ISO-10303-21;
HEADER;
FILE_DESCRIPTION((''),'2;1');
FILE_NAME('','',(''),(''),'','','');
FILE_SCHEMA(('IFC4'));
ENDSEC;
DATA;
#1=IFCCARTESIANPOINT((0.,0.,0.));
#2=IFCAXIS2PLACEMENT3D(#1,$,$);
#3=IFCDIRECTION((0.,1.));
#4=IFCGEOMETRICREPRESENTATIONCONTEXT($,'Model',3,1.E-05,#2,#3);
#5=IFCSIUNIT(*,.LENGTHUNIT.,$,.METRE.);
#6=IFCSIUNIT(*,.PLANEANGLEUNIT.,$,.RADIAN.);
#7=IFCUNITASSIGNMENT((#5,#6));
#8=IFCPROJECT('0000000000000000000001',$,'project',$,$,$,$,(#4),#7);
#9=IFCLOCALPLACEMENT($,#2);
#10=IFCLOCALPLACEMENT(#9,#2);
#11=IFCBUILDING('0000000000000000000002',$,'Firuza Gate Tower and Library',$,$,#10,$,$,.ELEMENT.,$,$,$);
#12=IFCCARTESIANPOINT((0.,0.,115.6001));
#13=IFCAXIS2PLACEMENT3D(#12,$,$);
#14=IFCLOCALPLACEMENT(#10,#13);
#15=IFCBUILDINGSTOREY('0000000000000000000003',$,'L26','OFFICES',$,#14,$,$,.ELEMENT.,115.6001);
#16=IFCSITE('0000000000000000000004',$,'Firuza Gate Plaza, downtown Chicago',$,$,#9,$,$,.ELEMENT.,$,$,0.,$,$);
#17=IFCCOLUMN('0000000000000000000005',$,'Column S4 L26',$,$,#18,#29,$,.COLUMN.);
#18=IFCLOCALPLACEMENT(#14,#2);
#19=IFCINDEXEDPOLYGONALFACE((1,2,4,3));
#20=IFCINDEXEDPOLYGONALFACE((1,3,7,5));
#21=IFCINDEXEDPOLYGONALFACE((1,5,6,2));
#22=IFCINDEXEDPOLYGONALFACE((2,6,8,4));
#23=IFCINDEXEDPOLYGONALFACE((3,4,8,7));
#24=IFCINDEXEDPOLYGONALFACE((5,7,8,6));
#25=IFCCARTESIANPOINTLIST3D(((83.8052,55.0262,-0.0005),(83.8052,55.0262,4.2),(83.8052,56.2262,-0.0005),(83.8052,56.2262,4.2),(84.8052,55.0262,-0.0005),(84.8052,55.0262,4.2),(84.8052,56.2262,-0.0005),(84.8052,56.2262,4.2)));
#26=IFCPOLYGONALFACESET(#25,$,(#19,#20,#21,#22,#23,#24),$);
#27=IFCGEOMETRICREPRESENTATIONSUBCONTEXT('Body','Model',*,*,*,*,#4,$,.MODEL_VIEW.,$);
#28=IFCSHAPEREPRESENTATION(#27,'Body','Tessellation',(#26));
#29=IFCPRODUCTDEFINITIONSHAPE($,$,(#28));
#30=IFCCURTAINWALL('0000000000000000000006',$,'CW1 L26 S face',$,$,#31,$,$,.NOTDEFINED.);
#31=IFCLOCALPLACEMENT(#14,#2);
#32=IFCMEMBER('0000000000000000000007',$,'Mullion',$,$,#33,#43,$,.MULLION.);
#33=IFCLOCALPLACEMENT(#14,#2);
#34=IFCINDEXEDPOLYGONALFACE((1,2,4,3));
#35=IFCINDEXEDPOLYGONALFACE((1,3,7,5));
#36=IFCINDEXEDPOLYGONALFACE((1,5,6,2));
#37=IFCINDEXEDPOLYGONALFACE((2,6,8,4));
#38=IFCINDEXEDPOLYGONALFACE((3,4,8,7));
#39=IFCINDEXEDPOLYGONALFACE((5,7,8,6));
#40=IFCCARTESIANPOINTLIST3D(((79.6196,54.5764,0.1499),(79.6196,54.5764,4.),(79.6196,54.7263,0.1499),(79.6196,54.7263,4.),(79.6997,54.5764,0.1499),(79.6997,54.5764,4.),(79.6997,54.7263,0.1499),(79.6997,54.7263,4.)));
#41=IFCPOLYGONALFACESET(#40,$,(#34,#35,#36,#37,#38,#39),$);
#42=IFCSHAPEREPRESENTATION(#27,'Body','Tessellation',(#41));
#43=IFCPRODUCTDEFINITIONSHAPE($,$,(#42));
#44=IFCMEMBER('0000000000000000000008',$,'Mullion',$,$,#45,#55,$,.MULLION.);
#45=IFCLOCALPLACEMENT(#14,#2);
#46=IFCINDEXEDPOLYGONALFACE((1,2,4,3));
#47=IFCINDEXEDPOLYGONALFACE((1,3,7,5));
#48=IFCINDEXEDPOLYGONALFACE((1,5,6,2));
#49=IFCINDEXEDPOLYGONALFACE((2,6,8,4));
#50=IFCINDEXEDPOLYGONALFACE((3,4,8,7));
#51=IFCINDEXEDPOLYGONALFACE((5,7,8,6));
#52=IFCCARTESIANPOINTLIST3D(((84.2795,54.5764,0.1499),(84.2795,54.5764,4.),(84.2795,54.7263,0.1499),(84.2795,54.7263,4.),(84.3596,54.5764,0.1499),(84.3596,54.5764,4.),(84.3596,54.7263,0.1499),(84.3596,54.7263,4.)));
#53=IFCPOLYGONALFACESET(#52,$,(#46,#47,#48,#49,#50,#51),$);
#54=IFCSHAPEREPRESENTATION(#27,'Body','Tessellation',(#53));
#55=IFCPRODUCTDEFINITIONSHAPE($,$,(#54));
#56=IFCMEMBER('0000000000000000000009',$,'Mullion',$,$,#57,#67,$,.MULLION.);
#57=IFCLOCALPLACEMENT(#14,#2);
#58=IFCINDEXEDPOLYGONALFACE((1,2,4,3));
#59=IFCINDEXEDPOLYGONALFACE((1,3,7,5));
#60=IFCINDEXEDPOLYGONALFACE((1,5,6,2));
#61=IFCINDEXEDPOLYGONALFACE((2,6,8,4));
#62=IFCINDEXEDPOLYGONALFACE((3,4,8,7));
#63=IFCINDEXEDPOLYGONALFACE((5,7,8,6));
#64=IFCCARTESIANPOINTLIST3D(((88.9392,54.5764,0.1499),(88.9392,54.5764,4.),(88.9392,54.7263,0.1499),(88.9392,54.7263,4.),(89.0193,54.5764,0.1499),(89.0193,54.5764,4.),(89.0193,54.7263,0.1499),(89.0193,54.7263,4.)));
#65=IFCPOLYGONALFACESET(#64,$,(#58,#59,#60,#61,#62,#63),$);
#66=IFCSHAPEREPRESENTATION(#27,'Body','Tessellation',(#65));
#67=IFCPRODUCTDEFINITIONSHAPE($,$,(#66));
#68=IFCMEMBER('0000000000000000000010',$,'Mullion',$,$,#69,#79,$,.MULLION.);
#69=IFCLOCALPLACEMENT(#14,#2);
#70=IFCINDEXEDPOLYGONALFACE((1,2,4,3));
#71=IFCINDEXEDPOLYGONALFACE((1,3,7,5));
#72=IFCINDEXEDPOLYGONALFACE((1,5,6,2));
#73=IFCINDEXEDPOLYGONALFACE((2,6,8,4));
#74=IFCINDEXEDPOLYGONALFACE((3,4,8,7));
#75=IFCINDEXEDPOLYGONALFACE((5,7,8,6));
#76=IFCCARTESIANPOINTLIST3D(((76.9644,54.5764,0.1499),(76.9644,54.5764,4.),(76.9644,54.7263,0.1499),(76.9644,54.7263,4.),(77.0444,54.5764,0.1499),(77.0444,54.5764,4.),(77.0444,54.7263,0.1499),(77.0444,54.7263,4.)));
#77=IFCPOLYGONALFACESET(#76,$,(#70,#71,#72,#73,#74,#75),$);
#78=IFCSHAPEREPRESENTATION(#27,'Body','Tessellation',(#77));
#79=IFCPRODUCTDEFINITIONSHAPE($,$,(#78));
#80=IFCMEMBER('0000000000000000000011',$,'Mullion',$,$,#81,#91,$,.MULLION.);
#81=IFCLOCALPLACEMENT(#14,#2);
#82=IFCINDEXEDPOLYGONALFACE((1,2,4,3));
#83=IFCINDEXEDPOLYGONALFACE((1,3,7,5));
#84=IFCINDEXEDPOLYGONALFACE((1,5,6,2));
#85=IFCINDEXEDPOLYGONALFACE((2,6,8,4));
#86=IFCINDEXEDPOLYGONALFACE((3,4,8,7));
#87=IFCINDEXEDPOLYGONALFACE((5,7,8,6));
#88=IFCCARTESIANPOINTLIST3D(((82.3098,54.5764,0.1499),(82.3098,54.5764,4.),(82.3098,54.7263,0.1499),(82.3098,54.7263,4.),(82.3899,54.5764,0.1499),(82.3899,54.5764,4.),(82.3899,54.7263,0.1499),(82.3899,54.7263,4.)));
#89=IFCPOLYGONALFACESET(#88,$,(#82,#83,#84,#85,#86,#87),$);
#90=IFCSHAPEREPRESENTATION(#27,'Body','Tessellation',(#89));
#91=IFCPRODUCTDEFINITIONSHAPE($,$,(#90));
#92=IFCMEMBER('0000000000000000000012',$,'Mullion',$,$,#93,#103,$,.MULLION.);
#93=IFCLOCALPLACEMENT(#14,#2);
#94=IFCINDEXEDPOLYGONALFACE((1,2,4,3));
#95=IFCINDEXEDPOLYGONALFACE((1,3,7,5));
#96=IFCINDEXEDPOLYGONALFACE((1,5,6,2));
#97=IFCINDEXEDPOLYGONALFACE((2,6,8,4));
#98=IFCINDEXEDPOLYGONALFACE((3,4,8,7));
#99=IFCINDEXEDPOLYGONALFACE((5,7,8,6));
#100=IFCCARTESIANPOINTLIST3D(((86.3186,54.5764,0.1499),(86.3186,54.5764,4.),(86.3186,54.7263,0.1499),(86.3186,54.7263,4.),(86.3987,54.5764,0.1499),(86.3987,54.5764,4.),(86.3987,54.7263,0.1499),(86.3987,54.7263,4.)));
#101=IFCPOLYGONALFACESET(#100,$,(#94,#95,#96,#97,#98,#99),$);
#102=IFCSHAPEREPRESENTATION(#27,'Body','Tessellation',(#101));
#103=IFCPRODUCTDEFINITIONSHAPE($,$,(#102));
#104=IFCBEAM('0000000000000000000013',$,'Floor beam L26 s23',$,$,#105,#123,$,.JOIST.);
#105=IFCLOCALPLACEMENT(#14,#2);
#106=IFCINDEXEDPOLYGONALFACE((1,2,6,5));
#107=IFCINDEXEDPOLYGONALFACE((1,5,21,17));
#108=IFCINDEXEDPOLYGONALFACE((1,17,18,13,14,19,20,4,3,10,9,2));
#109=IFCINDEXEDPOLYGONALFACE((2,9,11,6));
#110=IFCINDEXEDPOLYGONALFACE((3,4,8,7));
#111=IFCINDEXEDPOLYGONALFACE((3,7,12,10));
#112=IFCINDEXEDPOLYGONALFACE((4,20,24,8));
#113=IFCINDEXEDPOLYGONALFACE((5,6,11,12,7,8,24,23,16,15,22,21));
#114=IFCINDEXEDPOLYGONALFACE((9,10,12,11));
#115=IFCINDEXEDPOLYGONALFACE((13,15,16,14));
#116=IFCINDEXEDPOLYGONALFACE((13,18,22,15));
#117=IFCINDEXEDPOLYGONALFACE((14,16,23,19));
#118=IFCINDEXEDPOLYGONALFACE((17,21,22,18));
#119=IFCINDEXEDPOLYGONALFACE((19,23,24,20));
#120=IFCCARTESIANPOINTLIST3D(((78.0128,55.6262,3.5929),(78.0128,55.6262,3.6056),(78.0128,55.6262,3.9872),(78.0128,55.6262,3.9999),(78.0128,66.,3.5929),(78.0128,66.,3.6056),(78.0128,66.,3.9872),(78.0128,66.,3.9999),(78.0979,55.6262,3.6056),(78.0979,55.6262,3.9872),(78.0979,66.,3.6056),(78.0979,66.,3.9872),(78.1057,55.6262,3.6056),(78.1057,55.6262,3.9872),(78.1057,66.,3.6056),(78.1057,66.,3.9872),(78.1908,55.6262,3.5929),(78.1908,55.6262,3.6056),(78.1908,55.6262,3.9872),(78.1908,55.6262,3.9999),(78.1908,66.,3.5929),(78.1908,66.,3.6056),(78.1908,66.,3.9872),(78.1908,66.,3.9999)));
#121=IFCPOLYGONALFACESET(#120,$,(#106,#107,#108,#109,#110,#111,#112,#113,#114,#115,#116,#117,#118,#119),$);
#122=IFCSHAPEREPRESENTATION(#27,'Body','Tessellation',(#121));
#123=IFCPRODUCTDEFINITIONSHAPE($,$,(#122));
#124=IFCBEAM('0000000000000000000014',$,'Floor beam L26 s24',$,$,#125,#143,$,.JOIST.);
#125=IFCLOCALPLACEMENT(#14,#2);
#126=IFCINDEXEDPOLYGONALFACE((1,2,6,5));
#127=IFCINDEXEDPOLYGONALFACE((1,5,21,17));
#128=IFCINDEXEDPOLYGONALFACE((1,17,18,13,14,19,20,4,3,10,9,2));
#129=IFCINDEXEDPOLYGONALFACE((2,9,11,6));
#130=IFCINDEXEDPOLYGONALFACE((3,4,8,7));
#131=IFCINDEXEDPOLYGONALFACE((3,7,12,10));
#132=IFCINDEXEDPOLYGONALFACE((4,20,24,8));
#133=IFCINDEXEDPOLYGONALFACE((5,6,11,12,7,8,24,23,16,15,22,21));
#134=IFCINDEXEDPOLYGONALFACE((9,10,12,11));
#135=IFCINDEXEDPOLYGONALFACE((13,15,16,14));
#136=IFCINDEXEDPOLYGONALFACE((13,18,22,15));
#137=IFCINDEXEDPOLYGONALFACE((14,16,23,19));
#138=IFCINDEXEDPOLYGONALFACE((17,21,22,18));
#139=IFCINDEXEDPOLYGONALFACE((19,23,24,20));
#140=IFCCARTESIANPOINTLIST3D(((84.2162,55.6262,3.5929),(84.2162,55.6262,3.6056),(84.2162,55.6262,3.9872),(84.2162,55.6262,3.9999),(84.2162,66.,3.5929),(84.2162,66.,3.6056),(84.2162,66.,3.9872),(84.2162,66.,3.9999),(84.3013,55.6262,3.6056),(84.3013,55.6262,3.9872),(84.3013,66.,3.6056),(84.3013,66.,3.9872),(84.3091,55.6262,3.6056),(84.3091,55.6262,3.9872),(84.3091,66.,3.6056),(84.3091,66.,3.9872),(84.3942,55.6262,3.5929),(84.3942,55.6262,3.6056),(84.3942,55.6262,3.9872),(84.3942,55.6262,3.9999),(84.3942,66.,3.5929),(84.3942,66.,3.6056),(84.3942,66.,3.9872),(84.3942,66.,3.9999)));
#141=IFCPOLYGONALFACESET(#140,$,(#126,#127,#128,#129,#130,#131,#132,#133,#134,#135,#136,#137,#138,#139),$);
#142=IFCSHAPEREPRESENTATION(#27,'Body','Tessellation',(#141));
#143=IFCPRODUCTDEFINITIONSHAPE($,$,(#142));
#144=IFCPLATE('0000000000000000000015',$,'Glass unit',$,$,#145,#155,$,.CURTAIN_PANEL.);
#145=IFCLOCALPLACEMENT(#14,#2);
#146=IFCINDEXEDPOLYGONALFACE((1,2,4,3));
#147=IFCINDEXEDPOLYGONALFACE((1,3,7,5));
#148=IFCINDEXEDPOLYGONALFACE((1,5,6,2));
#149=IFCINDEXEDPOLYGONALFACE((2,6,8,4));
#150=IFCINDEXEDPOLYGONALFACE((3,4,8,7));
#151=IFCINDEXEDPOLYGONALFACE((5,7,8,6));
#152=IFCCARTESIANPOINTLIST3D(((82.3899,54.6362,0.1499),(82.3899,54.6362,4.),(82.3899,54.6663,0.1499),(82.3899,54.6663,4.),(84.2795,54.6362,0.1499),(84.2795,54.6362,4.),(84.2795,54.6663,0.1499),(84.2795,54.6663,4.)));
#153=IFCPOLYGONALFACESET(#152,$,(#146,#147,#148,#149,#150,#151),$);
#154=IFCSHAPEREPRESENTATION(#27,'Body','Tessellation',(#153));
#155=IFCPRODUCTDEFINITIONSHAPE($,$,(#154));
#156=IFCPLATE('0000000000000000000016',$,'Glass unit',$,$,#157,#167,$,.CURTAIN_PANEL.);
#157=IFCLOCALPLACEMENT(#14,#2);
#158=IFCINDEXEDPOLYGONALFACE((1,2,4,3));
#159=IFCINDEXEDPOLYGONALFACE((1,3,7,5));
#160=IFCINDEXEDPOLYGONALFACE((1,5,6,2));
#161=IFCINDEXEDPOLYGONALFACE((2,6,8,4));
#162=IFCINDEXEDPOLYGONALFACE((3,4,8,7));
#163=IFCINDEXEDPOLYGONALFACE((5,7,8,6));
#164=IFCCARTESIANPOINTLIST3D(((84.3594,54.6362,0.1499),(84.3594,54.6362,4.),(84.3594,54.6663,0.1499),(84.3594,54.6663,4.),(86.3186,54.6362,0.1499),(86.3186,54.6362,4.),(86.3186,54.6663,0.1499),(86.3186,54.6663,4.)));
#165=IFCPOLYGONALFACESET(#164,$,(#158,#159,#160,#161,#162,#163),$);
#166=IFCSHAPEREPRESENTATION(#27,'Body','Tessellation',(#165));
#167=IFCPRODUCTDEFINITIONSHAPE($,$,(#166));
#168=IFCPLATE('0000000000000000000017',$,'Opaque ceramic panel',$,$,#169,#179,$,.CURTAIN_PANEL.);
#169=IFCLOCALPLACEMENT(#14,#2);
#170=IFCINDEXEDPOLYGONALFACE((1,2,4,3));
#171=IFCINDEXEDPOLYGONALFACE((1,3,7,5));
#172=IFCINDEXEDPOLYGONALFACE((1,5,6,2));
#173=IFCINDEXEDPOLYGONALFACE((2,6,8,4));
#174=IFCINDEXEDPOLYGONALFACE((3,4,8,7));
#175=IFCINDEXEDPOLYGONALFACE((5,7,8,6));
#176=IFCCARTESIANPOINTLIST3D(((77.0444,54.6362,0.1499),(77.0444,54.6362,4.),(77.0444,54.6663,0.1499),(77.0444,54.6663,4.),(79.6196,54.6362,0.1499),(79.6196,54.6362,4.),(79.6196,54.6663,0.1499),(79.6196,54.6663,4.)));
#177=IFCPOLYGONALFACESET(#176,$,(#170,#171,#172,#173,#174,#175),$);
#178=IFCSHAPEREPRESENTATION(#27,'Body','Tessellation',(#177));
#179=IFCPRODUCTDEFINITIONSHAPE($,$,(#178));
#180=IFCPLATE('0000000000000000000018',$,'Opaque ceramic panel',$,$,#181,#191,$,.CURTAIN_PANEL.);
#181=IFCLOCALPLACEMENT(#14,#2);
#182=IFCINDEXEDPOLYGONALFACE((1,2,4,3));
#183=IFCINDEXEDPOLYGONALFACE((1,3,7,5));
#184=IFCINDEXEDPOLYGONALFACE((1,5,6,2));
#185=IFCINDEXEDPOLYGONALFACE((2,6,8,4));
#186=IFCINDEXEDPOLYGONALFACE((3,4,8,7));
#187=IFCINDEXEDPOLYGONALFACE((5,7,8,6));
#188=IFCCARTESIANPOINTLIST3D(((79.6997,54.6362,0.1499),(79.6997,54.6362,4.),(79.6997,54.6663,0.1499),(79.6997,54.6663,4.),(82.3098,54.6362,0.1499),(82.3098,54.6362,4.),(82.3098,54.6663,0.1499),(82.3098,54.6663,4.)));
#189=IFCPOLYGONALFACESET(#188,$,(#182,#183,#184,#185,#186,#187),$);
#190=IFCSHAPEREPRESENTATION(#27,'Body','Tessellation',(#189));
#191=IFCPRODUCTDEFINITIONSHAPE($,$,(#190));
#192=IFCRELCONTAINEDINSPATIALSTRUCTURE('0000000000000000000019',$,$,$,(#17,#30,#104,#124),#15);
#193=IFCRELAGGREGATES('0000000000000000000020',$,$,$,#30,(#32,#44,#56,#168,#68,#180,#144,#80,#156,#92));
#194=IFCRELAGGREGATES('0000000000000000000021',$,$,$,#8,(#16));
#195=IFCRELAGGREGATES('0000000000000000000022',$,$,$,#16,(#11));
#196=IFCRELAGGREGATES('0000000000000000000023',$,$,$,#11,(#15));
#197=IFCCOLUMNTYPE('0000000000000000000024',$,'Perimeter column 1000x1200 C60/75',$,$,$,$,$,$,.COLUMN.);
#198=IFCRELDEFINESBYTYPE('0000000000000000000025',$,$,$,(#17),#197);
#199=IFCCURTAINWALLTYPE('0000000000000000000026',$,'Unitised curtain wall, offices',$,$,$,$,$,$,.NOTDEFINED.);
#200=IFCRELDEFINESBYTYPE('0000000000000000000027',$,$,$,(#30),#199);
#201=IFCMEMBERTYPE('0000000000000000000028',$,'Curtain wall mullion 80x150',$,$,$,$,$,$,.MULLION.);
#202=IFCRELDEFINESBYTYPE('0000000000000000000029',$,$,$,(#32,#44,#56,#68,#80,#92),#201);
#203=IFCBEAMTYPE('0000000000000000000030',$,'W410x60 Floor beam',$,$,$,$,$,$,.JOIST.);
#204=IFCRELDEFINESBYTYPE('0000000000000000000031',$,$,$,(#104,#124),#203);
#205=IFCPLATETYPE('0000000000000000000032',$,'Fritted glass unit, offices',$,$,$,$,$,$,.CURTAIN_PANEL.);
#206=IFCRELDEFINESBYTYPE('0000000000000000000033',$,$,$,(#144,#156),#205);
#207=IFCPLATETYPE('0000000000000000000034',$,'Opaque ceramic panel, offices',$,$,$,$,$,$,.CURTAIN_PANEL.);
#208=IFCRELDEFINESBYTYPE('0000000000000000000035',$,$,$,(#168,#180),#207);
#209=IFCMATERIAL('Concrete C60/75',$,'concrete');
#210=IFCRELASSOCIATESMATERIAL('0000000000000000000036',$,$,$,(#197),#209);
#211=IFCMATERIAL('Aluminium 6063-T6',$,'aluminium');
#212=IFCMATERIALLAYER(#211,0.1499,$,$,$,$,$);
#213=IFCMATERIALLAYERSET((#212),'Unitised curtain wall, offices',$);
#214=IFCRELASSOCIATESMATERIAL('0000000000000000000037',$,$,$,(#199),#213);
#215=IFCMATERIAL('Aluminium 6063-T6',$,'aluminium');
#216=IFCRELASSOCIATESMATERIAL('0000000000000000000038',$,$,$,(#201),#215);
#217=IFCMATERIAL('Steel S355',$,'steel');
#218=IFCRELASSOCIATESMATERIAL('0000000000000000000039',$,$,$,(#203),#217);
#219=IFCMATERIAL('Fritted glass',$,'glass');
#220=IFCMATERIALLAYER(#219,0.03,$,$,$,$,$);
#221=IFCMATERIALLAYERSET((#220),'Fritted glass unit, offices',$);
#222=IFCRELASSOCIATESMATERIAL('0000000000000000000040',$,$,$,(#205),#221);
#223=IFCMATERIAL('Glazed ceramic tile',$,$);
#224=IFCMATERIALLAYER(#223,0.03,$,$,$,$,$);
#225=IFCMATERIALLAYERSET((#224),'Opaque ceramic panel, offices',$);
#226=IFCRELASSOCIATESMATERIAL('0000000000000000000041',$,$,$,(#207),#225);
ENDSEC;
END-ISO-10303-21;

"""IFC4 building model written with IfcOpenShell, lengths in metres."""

from ifc_helpers import new_model, si_unit, direction, frame, origin, origin_2d, place, context, subcontext, project, spatial, polyline, rectangle, i_section, outline, extrude, material, layer, layer_set, material_profile, profile_set, type_object, element, aggregate, save


model = new_model("IFC4")

# Units and contexts
model_context = context("Model", 3, precision=1e-05, world=origin(), true_north=direction((0.0, 1.0)))
body_context = subcontext(model_context, "Body", "Model", "MODEL_VIEW")
ifc_project = project(units=[si_unit("LENGTHUNIT", "METRE"), si_unit("PLANEANGLEUNIT", "RADIAN")], contexts=[model_context])

# Site, building, storey
site_placement = place(None, origin())
site = spatial("IfcSite", under=ifc_project, at=site_placement, Name="Firuza Gate Plaza, downtown Chicago", CompositionType="ELEMENT", RefElevation=0.0)
building_placement = place(site_placement, origin())
building = spatial("IfcBuilding", under=site, at=building_placement, Name="Firuza Gate Tower and Library", CompositionType="ELEMENT")
storey_placement = place(building_placement, frame((0.0, 0.0, 115.6001)))
storey = spatial("IfcBuildingStorey", under=building, at=storey_placement, Name="L26", Description="OFFICES", CompositionType="ELEMENT", Elevation=115.6001)

# Column
ifc_material_1 = material(Name="Concrete C60/75", Category="concrete")
ifc_material_profile_1 = material_profile(ifc_material_1, rectangle(XDim=1.0, YDim=1.2, at=origin_2d()))
ifc_profile_set_1 = profile_set([ifc_material_profile_1], Name="Concrete C60/75")
column_type = type_object("IfcColumnType", Name="Perimeter column 1000x1200 C60/75", PredefinedType="COLUMN", material=ifc_profile_set_1)
column_placement = place(storey_placement, frame((84.3052, 55.6262, -0.0005), z_axis=(0.0, 0.0, 1.0), x_axis=(1.0, 0.0, 0.0)))
element("IfcColumn", 1, at=column_placement, inside=storey, type_object=column_type, Name="Column S4 L26", PredefinedType="COLUMN", context=body_context, shape_type="SweptSolid", body=[
    extrude(rectangle(XDim=1.0, YDim=1.2, at=origin_2d()), origin(), (0.0, 0.0, 1.0), 4.2004),
])

# Curtain wall, members
ifc_material_2 = material(Name="Aluminium 6063-T6", Category="aluminium")
ifc_layer_1 = layer(ifc_material_2, 0.1499)
ifc_layer_set_1 = layer_set([ifc_layer_1], Name="Unitised curtain wall, offices")
curtain_wall_type = type_object("IfcCurtainWallType", Name="Unitised curtain wall, offices", PredefinedType="NOTDEFINED", material=ifc_layer_set_1)
curtain_wall_placement = place(storey_placement, origin())
curtain_wall = element("IfcCurtainWall", 2, at=curtain_wall_placement, inside=storey, type_object=curtain_wall_type, Name="CW1 L26 S face", PredefinedType="NOTDEFINED")
ifc_material_3 = material(Name="Aluminium 6063-T6", Category="aluminium")
ifc_material_profile_2 = material_profile(ifc_material_3, rectangle(XDim=0.1499, YDim=0.0801, at=origin_2d()))
ifc_profile_set_2 = profile_set([ifc_material_profile_2], Name="Aluminium 6063-T6")
member_type = type_object("IfcMemberType", Name="Curtain wall mullion 80x150", PredefinedType="MULLION", material=ifc_profile_set_2)
member_1_placement = place(storey_placement, frame((79.6597, 54.6514, 0.1499), z_axis=(0.0, 0.0, 1.0), x_axis=(0.0, 1.0, 0.0)))
member_1 = element("IfcMember", 3, at=member_1_placement, type_object=member_type, Name="Mullion", PredefinedType="MULLION", context=body_context, shape_type="SweptSolid", body=[
    extrude(rectangle(XDim=0.1499, YDim=0.0801, at=origin_2d()), origin(), (0.0, 0.0, 1.0), 3.8501),
])
member_2_placement = place(storey_placement, frame((84.3196, 54.6514, 0.1499), z_axis=(0.0, 0.0, 1.0), x_axis=(0.0, 1.0, 0.0)))
member_2 = element("IfcMember", 4, at=member_2_placement, type_object=member_type, Name="Mullion", PredefinedType="MULLION", context=body_context, shape_type="SweptSolid", body=[
    extrude(rectangle(XDim=0.1499, YDim=0.0801, at=origin_2d()), origin(), (0.0, 0.0, 1.0), 3.8501),
])
member_3_placement = place(storey_placement, frame((88.9792, 54.6514, 0.1499), z_axis=(0.0, 0.0, 1.0), x_axis=(0.0, 1.0, 0.0)))
member_3 = element("IfcMember", 5, at=member_3_placement, type_object=member_type, Name="Mullion", PredefinedType="MULLION", context=body_context, shape_type="SweptSolid", body=[
    extrude(rectangle(XDim=0.1499, YDim=0.0801, at=origin_2d()), origin(), (0.0, 0.0, 1.0), 3.8501),
])
member_4_placement = place(storey_placement, frame((77.0044, 54.6514, 0.1499), z_axis=(0.0, 0.0, 1.0), x_axis=(0.0, 1.0, 0.0)))
member_4 = element("IfcMember", 6, at=member_4_placement, type_object=member_type, Name="Mullion", PredefinedType="MULLION", context=body_context, shape_type="SweptSolid", body=[
    extrude(rectangle(XDim=0.1499, YDim=0.0801, at=origin_2d()), origin(), (0.0, 0.0, 1.0), 3.8501),
])
member_5_placement = place(storey_placement, frame((82.3499, 54.6514, 0.1499), z_axis=(0.0, 0.0, 1.0), x_axis=(0.0, 1.0, 0.0)))
member_5 = element("IfcMember", 7, at=member_5_placement, type_object=member_type, Name="Mullion", PredefinedType="MULLION", context=body_context, shape_type="SweptSolid", body=[
    extrude(rectangle(XDim=0.1499, YDim=0.0801, at=origin_2d()), origin(), (0.0, 0.0, 1.0), 3.8501),
])
member_6_placement = place(storey_placement, frame((86.3586, 54.6514, 0.1499), z_axis=(0.0, 0.0, 1.0), x_axis=(0.0, 1.0, 0.0)))
member_6 = element("IfcMember", 8, at=member_6_placement, type_object=member_type, Name="Mullion", PredefinedType="MULLION", context=body_context, shape_type="SweptSolid", body=[
    extrude(rectangle(XDim=0.1499, YDim=0.0801, at=origin_2d()), origin(), (0.0, 0.0, 1.0), 3.8501),
])

# Beams
ifc_material_4 = material(Name="Steel S355", Category="steel")
ifc_material_profile_3 = material_profile(ifc_material_4, i_section(OverallWidth=0.178, OverallDepth=0.407, WebThickness=0.0078, FlangeThickness=0.0127, at=origin_2d()))
ifc_profile_set_3 = profile_set([ifc_material_profile_3], Name="Steel S355")
beam_type = type_object("IfcBeamType", Name="W410x60 Floor beam", PredefinedType="JOIST", material=ifc_profile_set_3)
for number, where, z_axis, x_axis, name in (
    (9, (78.1018, 55.6262, 3.7964), (0.0, 1.0, 0.0), (-1.0, 0.0, 0.0), "Floor beam L26 s23"),
    (10, (84.3052, 55.6262, 3.7964), (0.0, 1.0, 0.0), (-1.0, 0.0, 0.0), "Floor beam L26 s24"),
):
    element("IfcBeam", number, at=place(storey_placement, frame(where, z_axis=z_axis, x_axis=x_axis)), inside=storey, type_object=beam_type, Name=name, PredefinedType="JOIST", context=body_context, shape_type="SweptSolid", body=[
        extrude(i_section(OverallWidth=0.178, OverallDepth=0.407, WebThickness=0.0078, FlangeThickness=0.0127, at=origin_2d()), origin(), (0.0, 0.0, 1.0), 10.3738),
    ])

# Plates
ifc_material_5 = material(Name="Fritted glass", Category="glass")
ifc_layer_2 = layer(ifc_material_5, 0.03)
ifc_layer_set_2 = layer_set([ifc_layer_2], Name="Fritted glass unit, offices")
plate_type_1 = type_object("IfcPlateType", Name="Fritted glass unit, offices", PredefinedType="CURTAIN_PANEL", material=ifc_layer_set_2)
plate_1_placement = place(storey_placement, frame((82.3899, 54.6362, 0.1499), z_axis=(0.0, -1.0, 0.0), x_axis=(1.0, 0.0, 0.0)))
plate_1 = element("IfcPlate", 11, at=plate_1_placement, type_object=plate_type_1, Name="Glass unit", PredefinedType="CURTAIN_PANEL", context=body_context, shape_type="SweptSolid", body=[
    extrude(outline(polyline([(0.0, 0.0), (1.8896, 0.0), (1.8896, 3.8501), (0.0, 3.8501), (0.0, 0.0)])), origin(), (0.0, 0.0, -1.0), 0.03),
])
plate_2_placement = place(storey_placement, frame((84.3594, 54.6362, 0.1499), z_axis=(0.0, -1.0, 0.0), x_axis=(1.0, 0.0, 0.0)))
plate_2 = element("IfcPlate", 12, at=plate_2_placement, type_object=plate_type_1, Name="Glass unit", PredefinedType="CURTAIN_PANEL", context=body_context, shape_type="SweptSolid", body=[
    extrude(outline(polyline([(0.0, 0.0), (1.9592, 0.0), (1.9592, 3.8501), (0.0, 3.8501), (0.0, 0.0)])), origin(), (0.0, 0.0, -1.0), 0.03),
])
ifc_material_6 = material(Name="Glazed ceramic tile")
ifc_layer_3 = layer(ifc_material_6, 0.03)
ifc_layer_set_3 = layer_set([ifc_layer_3], Name="Opaque ceramic panel, offices")
plate_type_2 = type_object("IfcPlateType", Name="Opaque ceramic panel, offices", PredefinedType="CURTAIN_PANEL", material=ifc_layer_set_3)
plate_3_placement = place(storey_placement, frame((77.0444, 54.6362, 0.1499), z_axis=(0.0, -1.0, 0.0), x_axis=(1.0, 0.0, 0.0)))
plate_3 = element("IfcPlate", 13, at=plate_3_placement, type_object=plate_type_2, Name="Opaque ceramic panel", PredefinedType="CURTAIN_PANEL", context=body_context, shape_type="SweptSolid", body=[
    extrude(outline(polyline([(0.0, 0.0), (2.5752, 0.0), (2.5752, 3.8501), (0.0, 3.8501), (0.0, 0.0)])), origin(), (0.0, 0.0, -1.0), 0.03),
])
plate_4_placement = place(storey_placement, frame((79.6997, 54.6362, 0.1499), z_axis=(0.0, -1.0, 0.0), x_axis=(1.0, 0.0, 0.0)))
plate_4 = element("IfcPlate", 14, at=plate_4_placement, type_object=plate_type_2, Name="Opaque ceramic panel", PredefinedType="CURTAIN_PANEL", context=body_context, shape_type="SweptSolid", body=[
    extrude(outline(polyline([(0.0, 0.0), (2.6101, 0.0), (2.6101, 3.8501), (0.0, 3.8501), (0.0, 0.0)])), origin(), (0.0, 0.0, -1.0), 0.03),
])
aggregate(curtain_wall, [member_1, member_2, member_3, plate_3, member_4, plate_4, plate_1, member_5, plate_2, member_6])

save(model, "model.ifc")
